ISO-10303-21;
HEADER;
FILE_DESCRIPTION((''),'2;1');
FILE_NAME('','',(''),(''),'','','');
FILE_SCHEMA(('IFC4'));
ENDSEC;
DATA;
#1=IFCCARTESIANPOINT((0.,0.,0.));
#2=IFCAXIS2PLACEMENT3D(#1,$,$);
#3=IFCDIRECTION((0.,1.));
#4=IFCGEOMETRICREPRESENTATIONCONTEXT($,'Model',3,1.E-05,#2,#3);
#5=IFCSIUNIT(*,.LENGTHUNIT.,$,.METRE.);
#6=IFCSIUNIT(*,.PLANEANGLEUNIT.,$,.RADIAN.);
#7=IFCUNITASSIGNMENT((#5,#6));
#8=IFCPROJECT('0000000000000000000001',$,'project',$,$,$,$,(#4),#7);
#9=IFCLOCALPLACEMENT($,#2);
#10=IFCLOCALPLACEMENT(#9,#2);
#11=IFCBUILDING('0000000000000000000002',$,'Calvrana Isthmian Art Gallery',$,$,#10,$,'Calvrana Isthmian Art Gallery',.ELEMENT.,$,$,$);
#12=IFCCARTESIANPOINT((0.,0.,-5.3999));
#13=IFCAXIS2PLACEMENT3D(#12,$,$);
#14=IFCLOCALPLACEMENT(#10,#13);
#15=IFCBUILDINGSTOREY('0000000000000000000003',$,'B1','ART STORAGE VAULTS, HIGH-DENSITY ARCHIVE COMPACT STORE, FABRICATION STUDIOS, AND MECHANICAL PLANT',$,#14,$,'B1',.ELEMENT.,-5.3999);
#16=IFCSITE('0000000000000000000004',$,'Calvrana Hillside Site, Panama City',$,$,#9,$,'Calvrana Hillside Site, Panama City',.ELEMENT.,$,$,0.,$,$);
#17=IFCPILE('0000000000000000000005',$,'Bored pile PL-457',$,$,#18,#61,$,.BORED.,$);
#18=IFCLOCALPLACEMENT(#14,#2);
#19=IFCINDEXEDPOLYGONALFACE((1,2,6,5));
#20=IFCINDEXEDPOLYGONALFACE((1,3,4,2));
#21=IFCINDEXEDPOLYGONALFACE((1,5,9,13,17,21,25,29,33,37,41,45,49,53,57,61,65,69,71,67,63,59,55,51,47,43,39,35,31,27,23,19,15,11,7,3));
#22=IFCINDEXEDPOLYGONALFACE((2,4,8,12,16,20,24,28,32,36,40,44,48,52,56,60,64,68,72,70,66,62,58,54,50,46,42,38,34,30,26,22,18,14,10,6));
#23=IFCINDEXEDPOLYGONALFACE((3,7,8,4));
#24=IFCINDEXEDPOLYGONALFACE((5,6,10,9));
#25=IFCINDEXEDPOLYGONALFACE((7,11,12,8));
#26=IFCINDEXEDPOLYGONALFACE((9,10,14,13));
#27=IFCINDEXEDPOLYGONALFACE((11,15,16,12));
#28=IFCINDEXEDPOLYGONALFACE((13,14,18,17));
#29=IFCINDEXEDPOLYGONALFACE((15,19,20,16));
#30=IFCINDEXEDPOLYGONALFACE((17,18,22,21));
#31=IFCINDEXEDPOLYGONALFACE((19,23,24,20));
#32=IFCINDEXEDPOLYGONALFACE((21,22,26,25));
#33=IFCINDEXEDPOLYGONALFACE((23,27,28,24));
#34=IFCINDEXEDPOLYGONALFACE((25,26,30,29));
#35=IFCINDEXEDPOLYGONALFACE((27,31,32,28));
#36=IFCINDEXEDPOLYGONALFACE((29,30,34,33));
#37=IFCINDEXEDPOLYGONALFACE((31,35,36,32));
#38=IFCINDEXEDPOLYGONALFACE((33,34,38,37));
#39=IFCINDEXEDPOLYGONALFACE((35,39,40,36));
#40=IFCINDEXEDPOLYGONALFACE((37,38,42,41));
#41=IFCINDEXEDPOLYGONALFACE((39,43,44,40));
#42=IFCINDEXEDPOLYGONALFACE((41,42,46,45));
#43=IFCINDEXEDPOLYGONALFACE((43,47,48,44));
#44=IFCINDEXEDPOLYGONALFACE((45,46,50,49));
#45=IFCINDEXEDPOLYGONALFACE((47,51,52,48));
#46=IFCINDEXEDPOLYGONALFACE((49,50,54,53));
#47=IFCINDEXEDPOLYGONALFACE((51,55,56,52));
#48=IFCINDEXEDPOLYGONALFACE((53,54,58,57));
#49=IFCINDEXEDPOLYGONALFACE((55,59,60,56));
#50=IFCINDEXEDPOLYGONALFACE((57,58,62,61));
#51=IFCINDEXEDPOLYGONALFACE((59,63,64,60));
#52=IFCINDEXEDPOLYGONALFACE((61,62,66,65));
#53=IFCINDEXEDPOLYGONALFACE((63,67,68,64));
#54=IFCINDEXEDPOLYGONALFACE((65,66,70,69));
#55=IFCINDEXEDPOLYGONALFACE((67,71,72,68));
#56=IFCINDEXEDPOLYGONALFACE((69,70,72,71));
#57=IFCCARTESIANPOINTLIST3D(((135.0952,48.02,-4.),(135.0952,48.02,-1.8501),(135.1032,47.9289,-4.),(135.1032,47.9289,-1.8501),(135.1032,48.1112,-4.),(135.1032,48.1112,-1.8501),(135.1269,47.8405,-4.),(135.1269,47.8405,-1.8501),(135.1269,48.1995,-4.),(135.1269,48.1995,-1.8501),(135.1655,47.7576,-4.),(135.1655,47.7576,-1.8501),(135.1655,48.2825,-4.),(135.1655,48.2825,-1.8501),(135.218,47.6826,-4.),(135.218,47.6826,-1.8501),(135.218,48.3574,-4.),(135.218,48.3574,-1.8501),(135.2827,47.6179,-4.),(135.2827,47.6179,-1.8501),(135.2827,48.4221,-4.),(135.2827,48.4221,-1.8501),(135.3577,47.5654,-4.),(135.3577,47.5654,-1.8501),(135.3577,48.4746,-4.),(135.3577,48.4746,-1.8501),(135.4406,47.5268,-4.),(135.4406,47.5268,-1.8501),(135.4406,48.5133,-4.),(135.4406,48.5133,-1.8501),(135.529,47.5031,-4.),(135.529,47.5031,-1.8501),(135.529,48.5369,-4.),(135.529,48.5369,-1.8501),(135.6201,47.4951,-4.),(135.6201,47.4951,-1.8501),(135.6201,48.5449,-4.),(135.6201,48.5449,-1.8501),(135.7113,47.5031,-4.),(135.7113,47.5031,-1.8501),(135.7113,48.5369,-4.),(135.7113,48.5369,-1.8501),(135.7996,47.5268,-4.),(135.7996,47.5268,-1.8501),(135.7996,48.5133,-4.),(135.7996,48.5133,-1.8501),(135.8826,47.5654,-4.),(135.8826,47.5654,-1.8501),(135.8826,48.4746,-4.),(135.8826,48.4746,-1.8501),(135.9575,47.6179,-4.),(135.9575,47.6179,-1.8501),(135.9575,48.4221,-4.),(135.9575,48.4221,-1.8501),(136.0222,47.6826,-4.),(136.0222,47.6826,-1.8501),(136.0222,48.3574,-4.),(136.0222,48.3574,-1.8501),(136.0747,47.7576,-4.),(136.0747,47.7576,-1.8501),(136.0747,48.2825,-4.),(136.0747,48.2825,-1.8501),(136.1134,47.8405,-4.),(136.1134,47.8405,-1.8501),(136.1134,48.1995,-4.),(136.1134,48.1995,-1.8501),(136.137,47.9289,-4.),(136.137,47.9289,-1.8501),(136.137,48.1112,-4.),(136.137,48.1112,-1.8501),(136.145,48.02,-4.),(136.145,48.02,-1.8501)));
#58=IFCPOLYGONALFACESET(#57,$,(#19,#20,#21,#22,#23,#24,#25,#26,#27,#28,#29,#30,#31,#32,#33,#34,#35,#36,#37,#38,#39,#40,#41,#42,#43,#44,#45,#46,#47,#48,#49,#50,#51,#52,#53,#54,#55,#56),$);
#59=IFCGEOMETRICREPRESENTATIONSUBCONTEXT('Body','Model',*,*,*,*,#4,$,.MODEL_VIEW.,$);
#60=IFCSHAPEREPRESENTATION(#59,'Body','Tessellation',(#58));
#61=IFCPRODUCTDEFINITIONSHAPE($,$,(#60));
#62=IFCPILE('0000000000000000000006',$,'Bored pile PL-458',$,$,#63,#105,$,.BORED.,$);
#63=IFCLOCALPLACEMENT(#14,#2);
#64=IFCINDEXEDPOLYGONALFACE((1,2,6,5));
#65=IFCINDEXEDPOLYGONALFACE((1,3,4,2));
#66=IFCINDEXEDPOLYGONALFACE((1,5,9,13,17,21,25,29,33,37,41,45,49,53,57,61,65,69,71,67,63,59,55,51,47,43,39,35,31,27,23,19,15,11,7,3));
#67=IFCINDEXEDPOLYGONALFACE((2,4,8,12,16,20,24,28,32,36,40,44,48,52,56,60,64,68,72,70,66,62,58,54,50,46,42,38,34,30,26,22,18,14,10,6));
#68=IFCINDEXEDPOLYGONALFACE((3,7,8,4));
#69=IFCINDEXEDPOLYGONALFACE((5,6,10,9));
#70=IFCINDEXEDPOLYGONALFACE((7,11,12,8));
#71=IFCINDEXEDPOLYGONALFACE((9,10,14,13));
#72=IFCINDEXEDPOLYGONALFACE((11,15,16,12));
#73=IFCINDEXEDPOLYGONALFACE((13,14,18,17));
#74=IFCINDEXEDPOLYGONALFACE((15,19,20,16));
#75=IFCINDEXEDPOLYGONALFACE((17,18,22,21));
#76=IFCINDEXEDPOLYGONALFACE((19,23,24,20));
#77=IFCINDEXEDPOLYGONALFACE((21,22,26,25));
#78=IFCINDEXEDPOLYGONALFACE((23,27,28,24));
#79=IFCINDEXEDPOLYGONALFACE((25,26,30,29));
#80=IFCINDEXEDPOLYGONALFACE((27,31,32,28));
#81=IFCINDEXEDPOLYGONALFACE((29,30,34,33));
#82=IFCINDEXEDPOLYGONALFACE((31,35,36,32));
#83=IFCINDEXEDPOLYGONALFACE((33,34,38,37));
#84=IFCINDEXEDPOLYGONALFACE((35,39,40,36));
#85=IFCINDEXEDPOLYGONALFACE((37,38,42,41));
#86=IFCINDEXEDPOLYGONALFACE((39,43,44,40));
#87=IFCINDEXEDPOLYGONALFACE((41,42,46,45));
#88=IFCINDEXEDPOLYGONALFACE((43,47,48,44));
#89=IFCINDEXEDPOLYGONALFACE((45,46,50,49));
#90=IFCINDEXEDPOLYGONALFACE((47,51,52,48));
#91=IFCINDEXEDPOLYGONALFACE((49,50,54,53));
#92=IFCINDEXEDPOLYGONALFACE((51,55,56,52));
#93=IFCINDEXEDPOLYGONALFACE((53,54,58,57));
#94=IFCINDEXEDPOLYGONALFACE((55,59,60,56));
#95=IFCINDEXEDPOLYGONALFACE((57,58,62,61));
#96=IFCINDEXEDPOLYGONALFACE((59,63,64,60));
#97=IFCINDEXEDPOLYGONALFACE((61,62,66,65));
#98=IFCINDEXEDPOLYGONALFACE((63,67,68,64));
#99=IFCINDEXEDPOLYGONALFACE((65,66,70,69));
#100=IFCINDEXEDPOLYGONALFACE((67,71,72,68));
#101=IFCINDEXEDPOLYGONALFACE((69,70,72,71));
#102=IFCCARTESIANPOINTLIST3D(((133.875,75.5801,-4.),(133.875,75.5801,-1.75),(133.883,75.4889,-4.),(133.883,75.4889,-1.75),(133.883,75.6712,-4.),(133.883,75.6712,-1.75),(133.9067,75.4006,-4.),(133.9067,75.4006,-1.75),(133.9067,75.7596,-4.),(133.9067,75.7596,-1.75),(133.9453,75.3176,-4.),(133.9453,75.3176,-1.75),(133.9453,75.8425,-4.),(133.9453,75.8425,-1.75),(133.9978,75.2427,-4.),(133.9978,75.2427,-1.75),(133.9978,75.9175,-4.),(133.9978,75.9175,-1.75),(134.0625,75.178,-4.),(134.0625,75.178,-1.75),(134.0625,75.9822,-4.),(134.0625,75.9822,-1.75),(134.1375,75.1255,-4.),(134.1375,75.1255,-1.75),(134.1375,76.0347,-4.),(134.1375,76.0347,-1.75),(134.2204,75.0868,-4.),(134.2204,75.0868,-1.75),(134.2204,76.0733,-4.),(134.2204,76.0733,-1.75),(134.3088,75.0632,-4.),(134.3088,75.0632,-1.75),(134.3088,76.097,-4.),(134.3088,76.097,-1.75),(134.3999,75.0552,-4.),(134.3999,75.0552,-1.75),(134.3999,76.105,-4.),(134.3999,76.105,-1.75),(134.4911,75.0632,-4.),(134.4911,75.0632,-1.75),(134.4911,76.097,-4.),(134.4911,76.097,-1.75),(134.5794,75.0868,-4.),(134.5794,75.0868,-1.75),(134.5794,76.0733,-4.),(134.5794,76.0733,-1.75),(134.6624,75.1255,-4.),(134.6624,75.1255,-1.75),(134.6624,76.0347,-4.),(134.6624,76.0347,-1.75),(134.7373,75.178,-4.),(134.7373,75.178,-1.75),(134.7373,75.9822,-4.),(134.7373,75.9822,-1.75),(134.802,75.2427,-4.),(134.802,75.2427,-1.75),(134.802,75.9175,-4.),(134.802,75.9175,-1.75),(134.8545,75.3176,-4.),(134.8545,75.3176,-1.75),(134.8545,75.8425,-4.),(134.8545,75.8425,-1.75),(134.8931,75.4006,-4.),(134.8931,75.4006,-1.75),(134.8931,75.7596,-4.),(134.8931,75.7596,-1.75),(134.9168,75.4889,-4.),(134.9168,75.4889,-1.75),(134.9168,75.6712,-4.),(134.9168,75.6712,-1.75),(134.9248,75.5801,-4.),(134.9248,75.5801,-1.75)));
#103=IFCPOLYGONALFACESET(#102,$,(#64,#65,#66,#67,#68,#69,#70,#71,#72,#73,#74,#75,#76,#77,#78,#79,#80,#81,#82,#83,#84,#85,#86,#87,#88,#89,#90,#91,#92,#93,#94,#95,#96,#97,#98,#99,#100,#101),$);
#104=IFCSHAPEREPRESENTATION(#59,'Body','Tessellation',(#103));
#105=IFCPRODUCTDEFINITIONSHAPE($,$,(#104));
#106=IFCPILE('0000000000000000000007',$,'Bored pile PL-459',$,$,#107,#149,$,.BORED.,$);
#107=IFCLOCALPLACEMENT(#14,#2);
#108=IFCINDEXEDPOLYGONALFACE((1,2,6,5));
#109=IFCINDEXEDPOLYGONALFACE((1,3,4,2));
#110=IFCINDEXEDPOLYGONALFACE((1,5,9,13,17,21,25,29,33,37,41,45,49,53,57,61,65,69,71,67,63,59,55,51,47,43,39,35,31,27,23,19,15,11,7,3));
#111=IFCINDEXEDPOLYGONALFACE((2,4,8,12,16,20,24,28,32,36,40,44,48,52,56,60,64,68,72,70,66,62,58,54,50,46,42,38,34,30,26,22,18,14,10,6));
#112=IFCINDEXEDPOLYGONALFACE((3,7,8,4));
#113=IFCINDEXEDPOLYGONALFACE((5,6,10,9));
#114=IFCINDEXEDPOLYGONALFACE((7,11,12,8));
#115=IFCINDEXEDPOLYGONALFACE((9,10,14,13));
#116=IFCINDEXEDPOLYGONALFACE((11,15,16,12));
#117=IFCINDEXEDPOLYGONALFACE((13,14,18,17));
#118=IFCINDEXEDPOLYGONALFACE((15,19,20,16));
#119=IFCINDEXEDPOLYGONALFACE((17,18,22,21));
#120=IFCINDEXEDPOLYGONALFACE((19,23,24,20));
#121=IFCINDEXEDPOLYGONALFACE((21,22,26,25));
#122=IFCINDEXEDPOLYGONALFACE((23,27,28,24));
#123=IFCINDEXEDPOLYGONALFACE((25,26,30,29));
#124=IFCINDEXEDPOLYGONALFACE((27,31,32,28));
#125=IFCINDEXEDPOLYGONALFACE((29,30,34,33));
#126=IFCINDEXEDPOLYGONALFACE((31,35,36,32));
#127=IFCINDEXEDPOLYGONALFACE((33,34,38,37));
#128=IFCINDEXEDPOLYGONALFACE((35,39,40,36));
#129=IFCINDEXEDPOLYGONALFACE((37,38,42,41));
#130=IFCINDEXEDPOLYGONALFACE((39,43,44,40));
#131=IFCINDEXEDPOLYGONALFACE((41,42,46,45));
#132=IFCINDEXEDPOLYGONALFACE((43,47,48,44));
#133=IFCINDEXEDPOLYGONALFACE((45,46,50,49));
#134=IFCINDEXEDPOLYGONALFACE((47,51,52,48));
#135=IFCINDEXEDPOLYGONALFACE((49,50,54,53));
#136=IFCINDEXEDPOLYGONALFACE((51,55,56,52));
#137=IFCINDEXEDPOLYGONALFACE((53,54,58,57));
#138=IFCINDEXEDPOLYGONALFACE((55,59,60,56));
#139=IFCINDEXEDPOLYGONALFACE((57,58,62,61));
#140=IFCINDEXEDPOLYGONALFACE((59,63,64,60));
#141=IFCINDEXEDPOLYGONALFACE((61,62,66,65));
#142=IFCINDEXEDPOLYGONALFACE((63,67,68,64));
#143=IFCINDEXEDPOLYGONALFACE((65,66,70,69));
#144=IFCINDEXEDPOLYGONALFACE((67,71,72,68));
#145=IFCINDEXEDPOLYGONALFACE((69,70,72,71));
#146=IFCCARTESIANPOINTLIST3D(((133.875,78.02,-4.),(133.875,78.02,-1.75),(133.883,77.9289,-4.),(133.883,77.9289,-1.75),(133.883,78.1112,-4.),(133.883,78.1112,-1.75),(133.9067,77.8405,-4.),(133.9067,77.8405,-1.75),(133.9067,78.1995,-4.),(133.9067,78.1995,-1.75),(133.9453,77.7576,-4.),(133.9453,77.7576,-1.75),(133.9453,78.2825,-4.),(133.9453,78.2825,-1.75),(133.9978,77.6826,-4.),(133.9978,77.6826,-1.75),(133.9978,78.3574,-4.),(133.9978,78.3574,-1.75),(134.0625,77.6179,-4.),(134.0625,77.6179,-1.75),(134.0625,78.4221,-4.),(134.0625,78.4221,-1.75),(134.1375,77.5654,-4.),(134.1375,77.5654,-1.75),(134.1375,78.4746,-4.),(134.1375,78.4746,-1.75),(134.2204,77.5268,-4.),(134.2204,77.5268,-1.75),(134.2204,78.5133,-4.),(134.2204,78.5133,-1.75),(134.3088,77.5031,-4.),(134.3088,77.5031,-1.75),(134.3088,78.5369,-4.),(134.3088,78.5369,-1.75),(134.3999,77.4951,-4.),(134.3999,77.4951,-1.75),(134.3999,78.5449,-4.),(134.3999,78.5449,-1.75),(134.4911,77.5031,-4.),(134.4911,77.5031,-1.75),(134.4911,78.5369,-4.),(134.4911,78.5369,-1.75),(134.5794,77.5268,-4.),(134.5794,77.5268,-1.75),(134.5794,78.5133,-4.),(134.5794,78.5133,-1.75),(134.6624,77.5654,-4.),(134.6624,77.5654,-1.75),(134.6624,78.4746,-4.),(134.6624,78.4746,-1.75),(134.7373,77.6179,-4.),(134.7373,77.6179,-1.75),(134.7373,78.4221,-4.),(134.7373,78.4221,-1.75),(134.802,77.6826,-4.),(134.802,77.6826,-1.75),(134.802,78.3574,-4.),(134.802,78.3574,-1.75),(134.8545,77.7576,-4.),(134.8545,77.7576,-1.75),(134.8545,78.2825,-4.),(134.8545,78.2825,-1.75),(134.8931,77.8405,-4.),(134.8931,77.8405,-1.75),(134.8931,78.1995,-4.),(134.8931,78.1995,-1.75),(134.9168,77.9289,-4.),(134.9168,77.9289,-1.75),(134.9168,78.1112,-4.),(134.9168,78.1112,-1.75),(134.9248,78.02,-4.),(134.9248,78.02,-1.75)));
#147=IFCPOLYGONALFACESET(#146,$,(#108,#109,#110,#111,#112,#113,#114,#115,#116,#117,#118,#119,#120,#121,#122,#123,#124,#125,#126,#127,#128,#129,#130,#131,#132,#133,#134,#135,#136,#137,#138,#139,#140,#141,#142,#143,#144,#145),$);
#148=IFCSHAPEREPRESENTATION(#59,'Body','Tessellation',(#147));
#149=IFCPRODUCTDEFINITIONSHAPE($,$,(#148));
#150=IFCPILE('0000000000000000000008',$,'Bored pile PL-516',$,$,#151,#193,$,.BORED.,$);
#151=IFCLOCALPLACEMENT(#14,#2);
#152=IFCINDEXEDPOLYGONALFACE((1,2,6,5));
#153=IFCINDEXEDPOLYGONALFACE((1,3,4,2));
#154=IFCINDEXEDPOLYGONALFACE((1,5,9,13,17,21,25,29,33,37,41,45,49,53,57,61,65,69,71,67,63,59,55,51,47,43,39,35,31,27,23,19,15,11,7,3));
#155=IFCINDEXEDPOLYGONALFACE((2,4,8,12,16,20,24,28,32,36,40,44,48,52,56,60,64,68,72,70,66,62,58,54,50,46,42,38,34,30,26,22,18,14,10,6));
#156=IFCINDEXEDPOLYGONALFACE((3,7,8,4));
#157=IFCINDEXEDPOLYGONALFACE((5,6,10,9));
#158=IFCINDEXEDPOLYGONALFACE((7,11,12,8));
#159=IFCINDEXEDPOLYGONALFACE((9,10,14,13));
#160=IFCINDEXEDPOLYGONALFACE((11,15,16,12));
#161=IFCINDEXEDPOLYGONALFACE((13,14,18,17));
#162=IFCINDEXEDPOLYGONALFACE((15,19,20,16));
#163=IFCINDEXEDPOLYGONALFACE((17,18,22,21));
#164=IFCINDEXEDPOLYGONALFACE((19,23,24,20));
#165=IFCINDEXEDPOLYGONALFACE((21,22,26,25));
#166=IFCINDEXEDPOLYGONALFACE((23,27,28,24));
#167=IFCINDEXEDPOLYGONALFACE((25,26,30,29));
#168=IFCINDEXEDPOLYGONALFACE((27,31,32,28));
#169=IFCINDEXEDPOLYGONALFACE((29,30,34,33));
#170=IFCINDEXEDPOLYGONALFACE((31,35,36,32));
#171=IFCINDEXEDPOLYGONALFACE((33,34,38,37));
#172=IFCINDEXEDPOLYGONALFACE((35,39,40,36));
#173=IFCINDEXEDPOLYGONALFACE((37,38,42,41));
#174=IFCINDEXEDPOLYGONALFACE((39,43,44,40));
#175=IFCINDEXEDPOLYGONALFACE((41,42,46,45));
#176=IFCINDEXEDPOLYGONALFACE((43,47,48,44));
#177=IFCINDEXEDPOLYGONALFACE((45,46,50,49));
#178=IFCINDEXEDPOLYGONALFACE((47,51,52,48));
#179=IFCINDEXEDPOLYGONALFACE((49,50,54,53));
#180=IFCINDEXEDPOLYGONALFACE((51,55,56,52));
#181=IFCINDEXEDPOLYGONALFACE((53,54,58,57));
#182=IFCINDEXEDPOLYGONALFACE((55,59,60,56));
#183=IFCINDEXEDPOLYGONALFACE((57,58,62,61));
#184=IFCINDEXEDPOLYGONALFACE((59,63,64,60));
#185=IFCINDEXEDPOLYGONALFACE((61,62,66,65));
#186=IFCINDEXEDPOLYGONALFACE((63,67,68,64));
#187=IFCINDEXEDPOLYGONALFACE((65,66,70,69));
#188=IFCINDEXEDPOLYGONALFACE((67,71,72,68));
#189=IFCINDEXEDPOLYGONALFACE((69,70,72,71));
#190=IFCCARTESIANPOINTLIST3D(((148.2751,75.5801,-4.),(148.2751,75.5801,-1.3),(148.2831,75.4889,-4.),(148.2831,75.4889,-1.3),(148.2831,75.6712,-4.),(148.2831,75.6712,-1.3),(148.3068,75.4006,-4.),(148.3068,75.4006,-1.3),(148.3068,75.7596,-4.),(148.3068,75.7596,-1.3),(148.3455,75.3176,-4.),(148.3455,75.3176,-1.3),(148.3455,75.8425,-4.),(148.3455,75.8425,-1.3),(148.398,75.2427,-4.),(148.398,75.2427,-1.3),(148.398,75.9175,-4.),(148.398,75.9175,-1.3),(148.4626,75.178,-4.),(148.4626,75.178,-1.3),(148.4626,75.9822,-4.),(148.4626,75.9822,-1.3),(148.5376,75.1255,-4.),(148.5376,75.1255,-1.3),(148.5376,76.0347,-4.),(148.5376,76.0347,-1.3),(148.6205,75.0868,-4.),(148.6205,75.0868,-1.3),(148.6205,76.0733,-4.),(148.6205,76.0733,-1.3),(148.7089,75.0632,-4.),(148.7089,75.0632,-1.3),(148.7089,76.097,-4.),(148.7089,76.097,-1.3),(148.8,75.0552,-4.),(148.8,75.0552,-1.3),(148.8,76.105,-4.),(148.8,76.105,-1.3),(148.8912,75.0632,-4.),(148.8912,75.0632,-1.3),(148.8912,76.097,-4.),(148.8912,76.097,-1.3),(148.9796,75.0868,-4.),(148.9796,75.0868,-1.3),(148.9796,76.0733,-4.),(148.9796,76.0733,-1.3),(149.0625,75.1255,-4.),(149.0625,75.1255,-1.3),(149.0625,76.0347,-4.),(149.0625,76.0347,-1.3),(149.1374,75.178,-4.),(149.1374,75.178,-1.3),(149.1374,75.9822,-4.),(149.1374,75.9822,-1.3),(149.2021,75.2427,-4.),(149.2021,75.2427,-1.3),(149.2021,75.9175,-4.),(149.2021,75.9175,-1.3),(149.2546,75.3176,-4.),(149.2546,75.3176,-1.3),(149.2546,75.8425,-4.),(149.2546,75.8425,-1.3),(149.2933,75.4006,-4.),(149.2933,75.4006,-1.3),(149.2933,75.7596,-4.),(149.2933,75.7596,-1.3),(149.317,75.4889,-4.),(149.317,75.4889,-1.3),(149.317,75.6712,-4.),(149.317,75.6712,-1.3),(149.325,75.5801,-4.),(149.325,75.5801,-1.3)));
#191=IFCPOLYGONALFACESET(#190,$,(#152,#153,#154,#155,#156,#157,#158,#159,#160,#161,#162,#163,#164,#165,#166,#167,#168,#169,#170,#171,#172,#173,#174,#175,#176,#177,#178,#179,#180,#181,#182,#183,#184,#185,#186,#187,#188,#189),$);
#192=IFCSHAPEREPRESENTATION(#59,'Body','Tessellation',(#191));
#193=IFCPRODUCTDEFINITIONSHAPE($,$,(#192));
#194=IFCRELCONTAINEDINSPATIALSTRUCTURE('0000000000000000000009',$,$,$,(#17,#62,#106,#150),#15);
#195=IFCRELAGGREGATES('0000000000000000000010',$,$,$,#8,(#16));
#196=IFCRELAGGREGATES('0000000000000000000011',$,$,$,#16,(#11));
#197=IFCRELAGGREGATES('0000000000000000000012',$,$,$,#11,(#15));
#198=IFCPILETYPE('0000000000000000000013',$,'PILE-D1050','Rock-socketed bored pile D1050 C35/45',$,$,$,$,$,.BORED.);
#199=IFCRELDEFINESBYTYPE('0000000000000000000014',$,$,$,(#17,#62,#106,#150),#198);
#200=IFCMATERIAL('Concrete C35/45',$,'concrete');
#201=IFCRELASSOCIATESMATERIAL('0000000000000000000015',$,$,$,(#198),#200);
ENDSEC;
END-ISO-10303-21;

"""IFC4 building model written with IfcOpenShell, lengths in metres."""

from ifc_helpers import new_model, si_unit, direction, frame, origin, origin_2d, place, context, subcontext, project, spatial, circle, extrude, material, material_profile, profile_set, type_object, element, save


model = new_model("IFC4")

# Units and contexts
model_context = context("Model", 3, precision=1e-05, world=origin(), true_north=direction((0.0, 1.0)))
body_context = subcontext(model_context, "Body", "Model", "MODEL_VIEW")
ifc_project = project(units=[si_unit("LENGTHUNIT", "METRE"), si_unit("PLANEANGLEUNIT", "RADIAN")], contexts=[model_context])

# Site, building, storey
site_placement = place(None, origin())
site = spatial("IfcSite", under=ifc_project, at=site_placement, Name="Calvrana Hillside Site, Panama City", LongName="Calvrana Hillside Site, Panama City", CompositionType="ELEMENT", RefElevation=0.0)
building_placement = place(site_placement, origin())
building = spatial("IfcBuilding", under=site, at=building_placement, Name="Calvrana Isthmian Art Gallery", LongName="Calvrana Isthmian Art Gallery", CompositionType="ELEMENT")
storey_placement = place(building_placement, frame((0.0, 0.0, -5.3999)))
storey = spatial("IfcBuildingStorey", under=building, at=storey_placement, Name="B1", Description="ART STORAGE VAULTS, HIGH-DENSITY ARCHIVE COMPACT STORE, FABRICATION STUDIOS, AND MECHANICAL PLANT", LongName="B1", CompositionType="ELEMENT", Elevation=-5.3999)

# Shared definitions
ifc_material_1 = material(Name="Concrete C35/45", Category="concrete")

# Piles
ifc_material_profile_1 = material_profile(ifc_material_1, circle(Radius=0.5249, at=origin_2d()), Name="PILE1050D")
ifc_profile_set_1 = profile_set([ifc_material_profile_1], Name="Concrete C35/45")
pile_type_1 = type_object("IfcPileType", Name="PILE-D1050", Description="Rock-socketed bored pile D1050 C35/45", PredefinedType="BORED", material=ifc_profile_set_1)
for number, where, z_axis, x_axis, name in (
    (1, (135.6201, 48.02, -1.8501), (0.0, 0.0, -1.0), (1.0, 0.0, 0.0), "Bored pile PL-457"),
):
    element("IfcPile", number, at=place(storey_placement, frame(where, z_axis=z_axis, x_axis=x_axis)), inside=storey, type_object=pile_type_1, Name=name, PredefinedType="BORED", context=body_context, shape_type="SweptSolid", body=[
        extrude(circle(Radius=0.5249, at=origin_2d()), origin(), (0.0, 0.0, 1.0), 2.1499),
    ])
for number, where, z_axis, x_axis, name in (
    (2, (134.3999, 75.5801, -1.75), (0.0, 0.0, -1.0), (1.0, 0.0, 0.0), "Bored pile PL-458"),
    (3, (134.3999, 78.02, -1.75), (0.0, 0.0, -1.0), (1.0, 0.0, 0.0), "Bored pile PL-459"),
):
    element("IfcPile", number, at=place(storey_placement, frame(where, z_axis=z_axis, x_axis=x_axis)), inside=storey, type_object=pile_type_1, Name=name, PredefinedType="BORED", context=body_context, shape_type="SweptSolid", body=[
        extrude(circle(Radius=0.5249, at=origin_2d()), origin(), (0.0, 0.0, 1.0), 2.25),
    ])
for number, where, z_axis, x_axis, name in (
    (4, (148.8, 75.5801, -1.3), (0.0, 0.0, -1.0), (1.0, 0.0, 0.0), "Bored pile PL-516"),
):
    element("IfcPile", number, at=place(storey_placement, frame(where, z_axis=z_axis, x_axis=x_axis)), inside=storey, type_object=pile_type_1, Name=name, PredefinedType="BORED", context=body_context, shape_type="SweptSolid", body=[
        extrude(circle(Radius=0.5249, at=origin_2d()), origin(), (0.0, 0.0, 1.0), 2.7),
    ])

save(model, "model.ifc")
